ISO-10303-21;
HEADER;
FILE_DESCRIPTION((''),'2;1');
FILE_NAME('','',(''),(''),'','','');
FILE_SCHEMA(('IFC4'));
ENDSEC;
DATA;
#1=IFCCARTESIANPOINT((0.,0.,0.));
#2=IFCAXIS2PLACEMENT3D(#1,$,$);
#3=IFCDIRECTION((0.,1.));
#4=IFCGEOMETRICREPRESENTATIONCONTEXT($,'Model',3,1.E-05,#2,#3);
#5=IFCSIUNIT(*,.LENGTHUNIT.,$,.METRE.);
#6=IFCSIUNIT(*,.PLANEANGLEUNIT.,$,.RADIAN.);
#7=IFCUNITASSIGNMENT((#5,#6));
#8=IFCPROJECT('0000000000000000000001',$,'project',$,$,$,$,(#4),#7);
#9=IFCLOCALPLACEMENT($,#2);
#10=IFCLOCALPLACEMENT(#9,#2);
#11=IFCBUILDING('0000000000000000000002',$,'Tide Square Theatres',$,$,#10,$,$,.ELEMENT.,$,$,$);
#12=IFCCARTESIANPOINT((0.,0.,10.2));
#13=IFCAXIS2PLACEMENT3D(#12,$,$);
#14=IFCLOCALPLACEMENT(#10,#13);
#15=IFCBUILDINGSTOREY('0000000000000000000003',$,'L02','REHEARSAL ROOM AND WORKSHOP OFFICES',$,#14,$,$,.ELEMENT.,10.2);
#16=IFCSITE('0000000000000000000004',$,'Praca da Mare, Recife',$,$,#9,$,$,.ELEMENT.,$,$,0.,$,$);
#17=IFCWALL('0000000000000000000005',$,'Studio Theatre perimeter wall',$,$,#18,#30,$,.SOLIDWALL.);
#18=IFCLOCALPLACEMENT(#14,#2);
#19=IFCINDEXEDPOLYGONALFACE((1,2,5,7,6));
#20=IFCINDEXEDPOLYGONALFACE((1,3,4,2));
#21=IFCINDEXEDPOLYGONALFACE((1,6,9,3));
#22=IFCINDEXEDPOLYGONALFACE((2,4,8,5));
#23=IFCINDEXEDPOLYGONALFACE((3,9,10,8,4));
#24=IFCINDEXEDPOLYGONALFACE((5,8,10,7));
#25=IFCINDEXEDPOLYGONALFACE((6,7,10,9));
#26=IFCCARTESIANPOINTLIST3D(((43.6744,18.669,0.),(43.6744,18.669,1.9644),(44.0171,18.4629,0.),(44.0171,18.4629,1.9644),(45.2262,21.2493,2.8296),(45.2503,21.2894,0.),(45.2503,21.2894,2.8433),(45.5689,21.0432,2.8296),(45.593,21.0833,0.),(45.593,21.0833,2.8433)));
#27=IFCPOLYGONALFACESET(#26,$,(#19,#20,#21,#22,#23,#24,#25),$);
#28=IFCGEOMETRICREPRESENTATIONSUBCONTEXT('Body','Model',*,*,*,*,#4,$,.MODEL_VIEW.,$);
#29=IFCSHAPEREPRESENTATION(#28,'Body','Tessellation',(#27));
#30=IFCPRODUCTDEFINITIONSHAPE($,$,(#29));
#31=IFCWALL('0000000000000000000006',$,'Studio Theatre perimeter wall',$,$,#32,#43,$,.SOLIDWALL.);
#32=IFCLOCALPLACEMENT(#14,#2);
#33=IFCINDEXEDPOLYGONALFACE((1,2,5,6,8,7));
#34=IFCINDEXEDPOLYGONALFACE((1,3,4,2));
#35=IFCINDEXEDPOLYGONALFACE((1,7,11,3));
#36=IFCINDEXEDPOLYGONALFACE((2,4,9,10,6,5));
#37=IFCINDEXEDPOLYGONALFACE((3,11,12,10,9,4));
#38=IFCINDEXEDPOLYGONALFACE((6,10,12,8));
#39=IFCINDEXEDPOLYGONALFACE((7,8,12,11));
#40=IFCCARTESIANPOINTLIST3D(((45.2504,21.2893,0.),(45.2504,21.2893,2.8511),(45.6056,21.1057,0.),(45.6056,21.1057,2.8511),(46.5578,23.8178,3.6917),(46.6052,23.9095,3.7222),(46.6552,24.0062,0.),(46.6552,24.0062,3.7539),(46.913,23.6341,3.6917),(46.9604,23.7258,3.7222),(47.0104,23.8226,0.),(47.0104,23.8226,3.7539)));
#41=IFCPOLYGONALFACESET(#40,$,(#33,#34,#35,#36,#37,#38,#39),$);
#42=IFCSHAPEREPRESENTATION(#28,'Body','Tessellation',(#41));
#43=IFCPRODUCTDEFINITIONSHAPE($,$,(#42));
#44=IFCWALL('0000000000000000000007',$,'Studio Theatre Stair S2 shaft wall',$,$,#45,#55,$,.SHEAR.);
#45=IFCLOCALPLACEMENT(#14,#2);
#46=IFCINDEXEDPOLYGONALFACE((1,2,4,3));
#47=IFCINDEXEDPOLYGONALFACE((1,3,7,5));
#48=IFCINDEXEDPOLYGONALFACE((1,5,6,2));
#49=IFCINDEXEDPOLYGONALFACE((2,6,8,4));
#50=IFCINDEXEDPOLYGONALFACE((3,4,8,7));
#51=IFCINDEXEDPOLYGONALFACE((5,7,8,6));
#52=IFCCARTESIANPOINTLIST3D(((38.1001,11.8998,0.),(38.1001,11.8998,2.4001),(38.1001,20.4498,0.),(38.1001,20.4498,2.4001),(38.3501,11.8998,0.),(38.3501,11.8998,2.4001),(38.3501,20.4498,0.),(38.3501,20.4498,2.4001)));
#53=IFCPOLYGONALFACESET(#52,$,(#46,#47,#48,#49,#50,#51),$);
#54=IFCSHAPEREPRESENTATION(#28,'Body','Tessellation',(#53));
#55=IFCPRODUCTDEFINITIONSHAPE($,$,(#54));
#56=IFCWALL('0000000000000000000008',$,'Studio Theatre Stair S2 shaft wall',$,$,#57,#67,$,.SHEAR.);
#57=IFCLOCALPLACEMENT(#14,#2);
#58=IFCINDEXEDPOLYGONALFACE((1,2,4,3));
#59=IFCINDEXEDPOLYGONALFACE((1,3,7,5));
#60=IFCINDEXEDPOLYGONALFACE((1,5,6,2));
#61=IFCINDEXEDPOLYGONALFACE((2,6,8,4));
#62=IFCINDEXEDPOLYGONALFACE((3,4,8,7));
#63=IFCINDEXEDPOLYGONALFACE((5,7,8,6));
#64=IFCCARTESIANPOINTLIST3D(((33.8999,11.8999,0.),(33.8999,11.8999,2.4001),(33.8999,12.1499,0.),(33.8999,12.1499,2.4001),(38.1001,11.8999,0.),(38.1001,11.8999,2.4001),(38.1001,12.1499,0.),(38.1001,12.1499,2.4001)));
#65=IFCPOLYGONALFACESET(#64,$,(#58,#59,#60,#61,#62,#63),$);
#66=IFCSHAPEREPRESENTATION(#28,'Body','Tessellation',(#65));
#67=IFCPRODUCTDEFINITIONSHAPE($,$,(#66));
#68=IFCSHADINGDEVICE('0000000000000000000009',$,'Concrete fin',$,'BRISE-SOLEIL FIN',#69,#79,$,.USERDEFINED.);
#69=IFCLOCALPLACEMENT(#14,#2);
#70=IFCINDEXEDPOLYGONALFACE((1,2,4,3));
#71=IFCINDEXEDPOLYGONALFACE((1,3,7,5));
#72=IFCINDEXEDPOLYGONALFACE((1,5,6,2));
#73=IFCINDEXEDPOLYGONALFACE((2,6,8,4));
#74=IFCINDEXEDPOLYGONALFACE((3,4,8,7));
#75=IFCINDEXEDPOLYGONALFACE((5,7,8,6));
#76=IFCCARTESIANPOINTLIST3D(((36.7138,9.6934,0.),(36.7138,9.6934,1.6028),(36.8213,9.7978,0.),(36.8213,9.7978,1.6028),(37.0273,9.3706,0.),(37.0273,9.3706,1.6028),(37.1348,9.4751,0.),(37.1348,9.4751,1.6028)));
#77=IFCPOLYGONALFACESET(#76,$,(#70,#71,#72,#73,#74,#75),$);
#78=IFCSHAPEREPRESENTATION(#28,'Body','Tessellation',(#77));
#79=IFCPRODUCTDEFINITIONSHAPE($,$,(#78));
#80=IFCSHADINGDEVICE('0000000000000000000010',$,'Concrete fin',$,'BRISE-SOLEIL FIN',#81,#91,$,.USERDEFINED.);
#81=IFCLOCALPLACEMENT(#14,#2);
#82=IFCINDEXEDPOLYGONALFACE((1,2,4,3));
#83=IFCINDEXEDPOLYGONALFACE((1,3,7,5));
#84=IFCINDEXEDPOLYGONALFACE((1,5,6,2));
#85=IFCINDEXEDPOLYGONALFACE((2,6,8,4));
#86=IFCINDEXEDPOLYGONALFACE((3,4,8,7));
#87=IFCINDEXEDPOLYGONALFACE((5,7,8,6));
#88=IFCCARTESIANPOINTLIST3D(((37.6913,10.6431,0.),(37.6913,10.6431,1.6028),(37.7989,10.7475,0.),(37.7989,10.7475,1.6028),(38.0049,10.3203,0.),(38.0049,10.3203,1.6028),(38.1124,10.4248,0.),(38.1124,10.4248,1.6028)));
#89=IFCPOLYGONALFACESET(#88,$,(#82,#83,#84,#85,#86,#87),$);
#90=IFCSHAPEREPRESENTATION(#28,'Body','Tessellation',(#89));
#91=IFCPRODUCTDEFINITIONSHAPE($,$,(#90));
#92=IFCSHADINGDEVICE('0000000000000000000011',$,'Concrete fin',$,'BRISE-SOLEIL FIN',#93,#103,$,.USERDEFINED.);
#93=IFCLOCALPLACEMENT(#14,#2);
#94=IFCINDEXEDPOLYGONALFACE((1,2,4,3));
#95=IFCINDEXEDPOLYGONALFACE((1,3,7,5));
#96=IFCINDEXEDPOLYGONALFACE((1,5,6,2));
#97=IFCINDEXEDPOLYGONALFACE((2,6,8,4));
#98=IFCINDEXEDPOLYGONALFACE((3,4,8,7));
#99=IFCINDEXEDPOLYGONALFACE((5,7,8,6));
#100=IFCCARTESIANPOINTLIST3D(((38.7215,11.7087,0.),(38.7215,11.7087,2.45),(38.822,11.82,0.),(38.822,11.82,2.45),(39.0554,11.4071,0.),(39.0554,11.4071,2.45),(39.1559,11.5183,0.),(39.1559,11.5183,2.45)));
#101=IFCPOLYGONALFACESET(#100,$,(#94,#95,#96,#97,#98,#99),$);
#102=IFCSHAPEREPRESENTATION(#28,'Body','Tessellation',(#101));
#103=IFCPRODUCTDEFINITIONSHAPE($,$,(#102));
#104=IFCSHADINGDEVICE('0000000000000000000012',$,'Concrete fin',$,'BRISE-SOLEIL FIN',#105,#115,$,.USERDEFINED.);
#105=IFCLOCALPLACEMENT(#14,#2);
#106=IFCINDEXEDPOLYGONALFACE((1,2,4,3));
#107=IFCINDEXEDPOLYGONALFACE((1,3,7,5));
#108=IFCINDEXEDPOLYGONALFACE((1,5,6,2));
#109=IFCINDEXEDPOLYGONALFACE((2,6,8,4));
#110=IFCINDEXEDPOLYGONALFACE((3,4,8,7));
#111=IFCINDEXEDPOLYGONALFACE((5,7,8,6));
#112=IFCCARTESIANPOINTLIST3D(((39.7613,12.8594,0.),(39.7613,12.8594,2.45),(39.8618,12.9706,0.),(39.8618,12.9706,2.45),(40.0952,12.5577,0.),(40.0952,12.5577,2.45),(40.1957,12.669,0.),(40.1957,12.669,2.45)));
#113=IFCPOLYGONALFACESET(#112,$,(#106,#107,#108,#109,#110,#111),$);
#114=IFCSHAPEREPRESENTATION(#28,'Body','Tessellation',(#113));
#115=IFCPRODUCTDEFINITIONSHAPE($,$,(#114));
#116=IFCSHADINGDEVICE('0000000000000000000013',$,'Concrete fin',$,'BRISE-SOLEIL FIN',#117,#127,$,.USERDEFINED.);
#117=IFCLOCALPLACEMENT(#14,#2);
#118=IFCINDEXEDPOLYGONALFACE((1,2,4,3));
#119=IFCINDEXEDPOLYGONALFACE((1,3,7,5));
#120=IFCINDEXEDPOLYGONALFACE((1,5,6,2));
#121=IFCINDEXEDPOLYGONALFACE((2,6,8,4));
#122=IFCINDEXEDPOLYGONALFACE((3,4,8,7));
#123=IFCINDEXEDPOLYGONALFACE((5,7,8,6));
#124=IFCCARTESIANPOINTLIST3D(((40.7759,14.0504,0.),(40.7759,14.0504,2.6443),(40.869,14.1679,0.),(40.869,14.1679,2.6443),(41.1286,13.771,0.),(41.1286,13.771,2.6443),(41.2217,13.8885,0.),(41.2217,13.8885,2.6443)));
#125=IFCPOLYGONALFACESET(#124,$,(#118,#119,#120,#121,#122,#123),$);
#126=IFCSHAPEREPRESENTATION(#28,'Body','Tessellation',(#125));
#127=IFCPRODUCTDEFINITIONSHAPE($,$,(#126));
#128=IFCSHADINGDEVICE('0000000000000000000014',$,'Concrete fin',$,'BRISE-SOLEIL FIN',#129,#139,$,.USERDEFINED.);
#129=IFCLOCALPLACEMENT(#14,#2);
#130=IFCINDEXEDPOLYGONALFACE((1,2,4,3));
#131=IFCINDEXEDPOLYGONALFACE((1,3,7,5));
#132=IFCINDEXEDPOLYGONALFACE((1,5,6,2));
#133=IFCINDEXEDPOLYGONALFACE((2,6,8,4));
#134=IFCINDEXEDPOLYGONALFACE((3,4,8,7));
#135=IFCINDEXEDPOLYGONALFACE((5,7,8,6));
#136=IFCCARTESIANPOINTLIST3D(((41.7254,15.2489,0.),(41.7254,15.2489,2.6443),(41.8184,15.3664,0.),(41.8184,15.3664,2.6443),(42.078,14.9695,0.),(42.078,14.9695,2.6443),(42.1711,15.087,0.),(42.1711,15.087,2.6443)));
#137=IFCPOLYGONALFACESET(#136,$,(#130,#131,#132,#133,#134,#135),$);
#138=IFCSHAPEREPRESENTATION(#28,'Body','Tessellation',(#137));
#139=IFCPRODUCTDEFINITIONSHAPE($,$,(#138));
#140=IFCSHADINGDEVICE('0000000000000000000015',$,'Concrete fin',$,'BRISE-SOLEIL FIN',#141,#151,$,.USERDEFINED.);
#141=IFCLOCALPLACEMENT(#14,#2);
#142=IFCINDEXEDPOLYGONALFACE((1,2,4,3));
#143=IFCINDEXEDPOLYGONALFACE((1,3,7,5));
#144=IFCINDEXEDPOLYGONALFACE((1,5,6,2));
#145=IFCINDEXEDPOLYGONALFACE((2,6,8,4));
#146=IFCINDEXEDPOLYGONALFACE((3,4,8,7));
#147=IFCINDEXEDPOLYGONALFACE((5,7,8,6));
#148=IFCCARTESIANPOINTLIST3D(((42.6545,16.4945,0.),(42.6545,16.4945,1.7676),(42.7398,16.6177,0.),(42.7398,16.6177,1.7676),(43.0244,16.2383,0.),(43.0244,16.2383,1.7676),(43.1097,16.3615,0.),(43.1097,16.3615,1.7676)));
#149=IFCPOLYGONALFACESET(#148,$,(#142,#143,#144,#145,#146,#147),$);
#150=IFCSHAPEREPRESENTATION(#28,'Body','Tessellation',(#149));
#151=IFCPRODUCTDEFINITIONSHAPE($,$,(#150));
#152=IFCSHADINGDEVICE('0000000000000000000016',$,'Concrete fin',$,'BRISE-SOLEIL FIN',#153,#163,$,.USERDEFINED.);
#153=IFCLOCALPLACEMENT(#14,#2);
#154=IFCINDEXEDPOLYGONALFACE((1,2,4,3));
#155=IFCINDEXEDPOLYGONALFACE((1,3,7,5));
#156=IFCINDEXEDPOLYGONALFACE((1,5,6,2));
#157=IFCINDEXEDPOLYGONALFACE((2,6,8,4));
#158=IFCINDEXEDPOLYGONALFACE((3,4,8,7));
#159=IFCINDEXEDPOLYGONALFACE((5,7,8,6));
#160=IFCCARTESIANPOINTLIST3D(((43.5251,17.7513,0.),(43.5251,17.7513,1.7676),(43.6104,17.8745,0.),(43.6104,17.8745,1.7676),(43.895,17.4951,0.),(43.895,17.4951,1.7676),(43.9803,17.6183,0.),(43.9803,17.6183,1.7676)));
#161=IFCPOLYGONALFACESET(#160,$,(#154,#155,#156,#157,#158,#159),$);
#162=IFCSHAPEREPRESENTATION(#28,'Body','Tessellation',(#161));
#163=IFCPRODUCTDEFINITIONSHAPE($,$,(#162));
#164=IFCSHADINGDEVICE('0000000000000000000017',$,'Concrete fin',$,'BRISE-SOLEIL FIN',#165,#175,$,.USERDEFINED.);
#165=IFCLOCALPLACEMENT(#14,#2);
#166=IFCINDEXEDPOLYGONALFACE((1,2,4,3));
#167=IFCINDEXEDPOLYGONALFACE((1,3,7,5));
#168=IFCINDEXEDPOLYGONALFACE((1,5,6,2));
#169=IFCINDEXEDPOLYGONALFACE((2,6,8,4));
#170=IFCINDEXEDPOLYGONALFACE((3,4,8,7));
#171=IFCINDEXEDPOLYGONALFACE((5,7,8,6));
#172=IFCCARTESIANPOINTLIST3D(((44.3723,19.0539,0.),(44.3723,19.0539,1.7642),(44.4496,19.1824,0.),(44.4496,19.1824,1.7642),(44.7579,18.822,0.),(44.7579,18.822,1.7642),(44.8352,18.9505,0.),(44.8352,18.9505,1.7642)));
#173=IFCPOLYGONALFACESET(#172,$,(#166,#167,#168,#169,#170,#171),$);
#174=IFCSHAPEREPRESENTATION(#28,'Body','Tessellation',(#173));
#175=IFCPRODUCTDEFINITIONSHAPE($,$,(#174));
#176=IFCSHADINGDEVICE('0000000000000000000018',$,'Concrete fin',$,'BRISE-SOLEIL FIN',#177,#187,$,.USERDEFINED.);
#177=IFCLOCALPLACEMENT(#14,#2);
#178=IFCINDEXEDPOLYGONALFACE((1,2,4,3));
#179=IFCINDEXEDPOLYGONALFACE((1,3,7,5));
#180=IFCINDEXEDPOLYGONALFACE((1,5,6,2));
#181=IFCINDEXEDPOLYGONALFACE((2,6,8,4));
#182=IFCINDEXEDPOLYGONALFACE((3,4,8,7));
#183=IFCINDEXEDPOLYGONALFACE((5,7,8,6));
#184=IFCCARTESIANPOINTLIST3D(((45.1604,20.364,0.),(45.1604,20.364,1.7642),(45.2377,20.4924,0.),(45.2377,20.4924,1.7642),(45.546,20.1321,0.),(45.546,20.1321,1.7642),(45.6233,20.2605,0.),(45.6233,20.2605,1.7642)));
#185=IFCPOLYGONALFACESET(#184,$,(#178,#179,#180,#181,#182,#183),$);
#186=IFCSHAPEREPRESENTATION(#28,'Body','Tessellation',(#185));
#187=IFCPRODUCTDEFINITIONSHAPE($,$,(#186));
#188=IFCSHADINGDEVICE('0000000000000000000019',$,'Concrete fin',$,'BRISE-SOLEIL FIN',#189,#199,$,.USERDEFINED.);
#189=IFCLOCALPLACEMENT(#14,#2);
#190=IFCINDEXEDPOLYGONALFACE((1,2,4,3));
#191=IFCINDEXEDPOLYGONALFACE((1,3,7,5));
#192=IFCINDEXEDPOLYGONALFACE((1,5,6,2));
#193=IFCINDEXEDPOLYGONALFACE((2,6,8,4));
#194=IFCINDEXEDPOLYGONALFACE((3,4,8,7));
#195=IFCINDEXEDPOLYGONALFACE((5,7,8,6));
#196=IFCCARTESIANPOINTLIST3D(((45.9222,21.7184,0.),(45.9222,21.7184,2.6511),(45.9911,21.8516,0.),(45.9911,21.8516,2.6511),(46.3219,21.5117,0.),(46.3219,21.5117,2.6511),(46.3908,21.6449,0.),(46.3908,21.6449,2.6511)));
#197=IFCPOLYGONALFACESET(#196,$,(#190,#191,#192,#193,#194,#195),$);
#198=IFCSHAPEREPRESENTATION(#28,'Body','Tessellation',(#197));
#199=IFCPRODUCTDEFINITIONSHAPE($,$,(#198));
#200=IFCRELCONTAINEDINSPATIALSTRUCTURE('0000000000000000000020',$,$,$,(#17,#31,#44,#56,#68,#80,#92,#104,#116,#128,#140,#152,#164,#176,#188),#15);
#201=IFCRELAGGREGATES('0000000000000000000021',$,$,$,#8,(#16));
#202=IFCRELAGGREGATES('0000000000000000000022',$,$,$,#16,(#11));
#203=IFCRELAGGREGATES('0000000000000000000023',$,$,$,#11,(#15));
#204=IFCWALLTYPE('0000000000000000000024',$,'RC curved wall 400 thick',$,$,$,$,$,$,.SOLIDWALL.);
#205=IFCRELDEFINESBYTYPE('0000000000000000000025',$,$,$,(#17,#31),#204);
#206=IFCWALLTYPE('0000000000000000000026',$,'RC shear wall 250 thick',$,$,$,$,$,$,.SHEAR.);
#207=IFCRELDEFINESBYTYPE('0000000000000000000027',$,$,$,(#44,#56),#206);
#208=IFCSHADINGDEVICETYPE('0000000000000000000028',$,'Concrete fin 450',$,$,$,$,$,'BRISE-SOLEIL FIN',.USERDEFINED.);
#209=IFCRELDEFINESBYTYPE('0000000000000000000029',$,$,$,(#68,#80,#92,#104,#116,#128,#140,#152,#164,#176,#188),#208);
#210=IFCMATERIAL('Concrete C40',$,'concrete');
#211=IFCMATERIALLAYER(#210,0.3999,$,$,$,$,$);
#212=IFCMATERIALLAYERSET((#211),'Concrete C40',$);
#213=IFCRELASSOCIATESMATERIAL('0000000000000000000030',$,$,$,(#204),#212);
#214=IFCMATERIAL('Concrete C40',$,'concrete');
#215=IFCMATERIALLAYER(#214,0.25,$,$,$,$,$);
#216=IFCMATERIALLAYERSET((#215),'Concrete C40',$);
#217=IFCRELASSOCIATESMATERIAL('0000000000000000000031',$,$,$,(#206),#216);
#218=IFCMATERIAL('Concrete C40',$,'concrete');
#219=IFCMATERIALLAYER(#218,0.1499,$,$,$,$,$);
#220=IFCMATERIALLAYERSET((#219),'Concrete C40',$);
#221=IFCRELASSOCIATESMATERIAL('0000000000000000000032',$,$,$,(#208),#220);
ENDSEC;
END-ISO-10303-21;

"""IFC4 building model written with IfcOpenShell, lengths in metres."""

from ifc_helpers import new_model, si_unit, direction, frame, frame_2d, origin, origin_2d, place, context, subcontext, project, spatial, polyline, rectangle, outline, extrude, material, layer, layer_set, type_object, element, save


model = new_model("IFC4")

# Units and contexts
model_context = context("Model", 3, precision=1e-05, world=origin(), true_north=direction((0.0, 1.0)))
body_context = subcontext(model_context, "Body", "Model", "MODEL_VIEW")
ifc_project = project(units=[si_unit("LENGTHUNIT", "METRE"), si_unit("PLANEANGLEUNIT", "RADIAN")], contexts=[model_context])

# Site, building, storey
site_placement = place(None, origin())
site = spatial("IfcSite", under=ifc_project, at=site_placement, Name="Praca da Mare, Recife", CompositionType="ELEMENT", RefElevation=0.0)
building_placement = place(site_placement, origin())
building = spatial("IfcBuilding", under=site, at=building_placement, Name="Tide Square Theatres", CompositionType="ELEMENT")
storey_placement = place(building_placement, frame((0.0, 0.0, 10.2)))
storey = spatial("IfcBuildingStorey", under=building, at=storey_placement, Name="L02", Description="REHEARSAL ROOM AND WORKSHOP OFFICES", CompositionType="ELEMENT", Elevation=10.2)

# Walls
ifc_material_1 = material(Name="Concrete C40", Category="concrete")
ifc_layer_1 = layer(ifc_material_1, 0.3999)
ifc_layer_set_1 = layer_set([ifc_layer_1], Name="Concrete C40")
wall_type_1 = type_object("IfcWallType", Name="RC curved wall 400 thick", PredefinedType="SOLIDWALL", material=ifc_layer_set_1)
wall_1_placement = place(storey_placement, frame((43.8457, 18.5659, 0.0), z_axis=(0.0, 0.0, 1.0), x_axis=(0.515388, 0.856957, 0.0)))
element("IfcWall", 1, at=wall_1_placement, inside=storey, type_object=wall_type_1, Name="Studio Theatre perimeter wall", PredefinedType="SOLIDWALL", context=body_context, shape_type="SweptSolid", body=[
    extrude(outline(polyline([(0.0, 0.0), (3.0579, 0.0), (3.0579, 2.8433), (3.011, 2.8296), (0.0, 1.9644), (0.0, 0.0)])), frame((0.0, 0.2, 0.0), z_axis=(0.0, -1.0, 0.0), x_axis=(1.0, 0.0, 0.0)), (0.0, 0.0, 1.0), 0.3999),
])
wall_2_placement = place(storey_placement, frame((45.428, 21.1975, 0.0), z_axis=(0.0, 0.0, 1.0), x_axis=(0.459306, 0.888278, 0.0)))
element("IfcWall", 2, at=wall_2_placement, inside=storey, type_object=wall_type_1, Name="Studio Theatre perimeter wall", PredefinedType="SOLIDWALL", context=body_context, shape_type="SweptSolid", body=[
    extrude(outline(polyline([(0.0, 0.0), (3.0586, 0.0), (3.0586, 3.7539), (2.9497, 3.7222), (2.8464, 3.6917), (0.0, 2.8511), (0.0, 0.0)])), frame((0.0, 0.2, 0.0), z_axis=(0.0, -1.0, 0.0), x_axis=(1.0, 0.0, 0.0)), (0.0, 0.0, 1.0), 0.3999),
])
ifc_material_2 = material(Name="Concrete C40", Category="concrete")
ifc_layer_2 = layer(ifc_material_2, 0.25)
ifc_layer_set_2 = layer_set([ifc_layer_2], Name="Concrete C40")
wall_type_2 = type_object("IfcWallType", Name="RC shear wall 250 thick", PredefinedType="SHEAR", material=ifc_layer_set_2)
wall_3_placement = place(storey_placement, frame((38.2251, 11.8999, 0.0), z_axis=(0.0, 0.0, 1.0), x_axis=(0.0, 1.0, 0.0)))
element("IfcWall", 3, at=wall_3_placement, inside=storey, type_object=wall_type_2, Name="Studio Theatre Stair S2 shaft wall", PredefinedType="SHEAR", context=body_context, shape_type="SweptSolid", body=[
    extrude(rectangle(XDim=8.55, YDim=0.25, at=frame_2d((4.2749, 0.0))), origin(), (0.0, 0.0, 1.0), 2.4001),
])
wall_4_placement = place(storey_placement, frame((38.1001, 12.0249, 0.0), z_axis=(0.0, 0.0, 1.0), x_axis=(-1.0, 0.0, 0.0)))
element("IfcWall", 4, at=wall_4_placement, inside=storey, type_object=wall_type_2, Name="Studio Theatre Stair S2 shaft wall", PredefinedType="SHEAR", context=body_context, shape_type="SweptSolid", body=[
    extrude(rectangle(XDim=4.2002, YDim=0.25, at=frame_2d((2.1001, 0.0))), origin(), (0.0, 0.0, 1.0), 2.4001),
])

# Shading devices
ifc_material_3 = material(Name="Concrete C40", Category="concrete")
ifc_layer_3 = layer(ifc_material_3, 0.1499)
ifc_layer_set_3 = layer_set([ifc_layer_3], Name="Concrete C40")
shading_device_type = type_object("IfcShadingDeviceType", Name="Concrete fin 450", ElementType="BRISE-SOLEIL FIN", PredefinedType="USERDEFINED", material=ifc_layer_set_3)
for number, where, z_axis, x_axis, name in (
    (5, (36.9243, 9.5842, 0.0), (0.0, 0.0, 1.0), (0.717263, 0.696802, 0.0), "Concrete fin"),
    (6, (37.9019, 10.5339, 0.0), (0.0, 0.0, 1.0), (0.717263, 0.696802, 0.0), "Concrete fin"),
):
    element("IfcShadingDevice", number, at=place(storey_placement, frame(where, z_axis=z_axis, x_axis=x_axis)), inside=storey, type_object=shading_device_type, Name=name, ObjectType="BRISE-SOLEIL FIN", PredefinedType="USERDEFINED", context=body_context, shape_type="SweptSolid", body=[
        extrude(rectangle(XDim=0.1499, YDim=0.45, at=origin_2d()), origin(), (0.0, 0.0, 1.0), 1.6028),
    ])
for number, where, z_axis, x_axis, name in (
    (7, (38.9387, 11.6135, 0.0), (0.0, 0.0, 1.0), (0.670362, 0.742034, 0.0), "Concrete fin"),
    (8, (39.9785, 12.7642, 0.0), (0.0, 0.0, 1.0), (0.670362, 0.742034, 0.0), "Concrete fin"),
):
    element("IfcShadingDevice", number, at=place(storey_placement, frame(where, z_axis=z_axis, x_axis=x_axis)), inside=storey, type_object=shading_device_type, Name=name, ObjectType="BRISE-SOLEIL FIN", PredefinedType="USERDEFINED", context=body_context, shape_type="SweptSolid", body=[
        extrude(rectangle(XDim=0.1499, YDim=0.45, at=origin_2d()), origin(), (0.0, 0.0, 1.0), 2.45),
    ])
for number, where, z_axis, x_axis, name in (
    (9, (40.9988, 13.9695, 0.0), (0.0, 0.0, 1.0), (0.62097, 0.783834, 0.0), "Concrete fin"),
    (10, (41.9482, 15.168, 0.0), (0.0, 0.0, 1.0), (0.62097, 0.783834, 0.0), "Concrete fin"),
):
    element("IfcShadingDevice", number, at=place(storey_placement, frame(where, z_axis=z_axis, x_axis=x_axis)), inside=storey, type_object=shading_device_type, Name=name, ObjectType="BRISE-SOLEIL FIN", PredefinedType="USERDEFINED", context=body_context, shape_type="SweptSolid", body=[
        extrude(rectangle(XDim=0.1499, YDim=0.45, at=origin_2d()), origin(), (0.0, 0.0, 1.0), 2.6443),
    ])
for number, where, z_axis, x_axis, name in (
    (11, (42.8821, 16.428, 0.0), (0.0, 0.0, 1.0), (0.569366, 0.822084, 0.0), "Concrete fin"),
    (12, (43.7527, 17.6848, 0.0), (0.0, 0.0, 1.0), (0.569366, 0.822084, 0.0), "Concrete fin"),
):
    element("IfcShadingDevice", number, at=place(storey_placement, frame(where, z_axis=z_axis, x_axis=x_axis)), inside=storey, type_object=shading_device_type, Name=name, ObjectType="BRISE-SOLEIL FIN", PredefinedType="USERDEFINED", context=body_context, shape_type="SweptSolid", body=[
        extrude(rectangle(XDim=0.1499, YDim=0.45, at=origin_2d()), origin(), (0.0, 0.0, 1.0), 1.7676),
    ])
for number, where, z_axis, x_axis, name in (
    (13, (44.6038, 19.0022, 0.0), (0.0, 0.0, 1.0), (0.515397, 0.856951, 0.0), "Concrete fin"),
    (14, (45.3918, 20.3123, 0.0), (0.0, 0.0, 1.0), (0.515397, 0.856951, 0.0), "Concrete fin"),
):
    element("IfcShadingDevice", number, at=place(storey_placement, frame(where, z_axis=z_axis, x_axis=x_axis)), inside=storey, type_object=shading_device_type, Name=name, ObjectType="BRISE-SOLEIL FIN", PredefinedType="USERDEFINED", context=body_context, shape_type="SweptSolid", body=[
        extrude(rectangle(XDim=0.1499, YDim=0.45, at=origin_2d()), origin(), (0.0, 0.0, 1.0), 1.7642),
    ])
for number, where, z_axis, x_axis, name in (
    (15, (46.1565, 21.6816, 0.0), (0.0, 0.0, 1.0), (0.459316, 0.888273, 0.0), "Concrete fin"),
):
    element("IfcShadingDevice", number, at=place(storey_placement, frame(where, z_axis=z_axis, x_axis=x_axis)), inside=storey, type_object=shading_device_type, Name=name, ObjectType="BRISE-SOLEIL FIN", PredefinedType="USERDEFINED", context=body_context, shape_type="SweptSolid", body=[
        extrude(rectangle(XDim=0.1499, YDim=0.45, at=origin_2d()), origin(), (0.0, 0.0, 1.0), 2.6511),
    ])

save(model, "model.ifc")
